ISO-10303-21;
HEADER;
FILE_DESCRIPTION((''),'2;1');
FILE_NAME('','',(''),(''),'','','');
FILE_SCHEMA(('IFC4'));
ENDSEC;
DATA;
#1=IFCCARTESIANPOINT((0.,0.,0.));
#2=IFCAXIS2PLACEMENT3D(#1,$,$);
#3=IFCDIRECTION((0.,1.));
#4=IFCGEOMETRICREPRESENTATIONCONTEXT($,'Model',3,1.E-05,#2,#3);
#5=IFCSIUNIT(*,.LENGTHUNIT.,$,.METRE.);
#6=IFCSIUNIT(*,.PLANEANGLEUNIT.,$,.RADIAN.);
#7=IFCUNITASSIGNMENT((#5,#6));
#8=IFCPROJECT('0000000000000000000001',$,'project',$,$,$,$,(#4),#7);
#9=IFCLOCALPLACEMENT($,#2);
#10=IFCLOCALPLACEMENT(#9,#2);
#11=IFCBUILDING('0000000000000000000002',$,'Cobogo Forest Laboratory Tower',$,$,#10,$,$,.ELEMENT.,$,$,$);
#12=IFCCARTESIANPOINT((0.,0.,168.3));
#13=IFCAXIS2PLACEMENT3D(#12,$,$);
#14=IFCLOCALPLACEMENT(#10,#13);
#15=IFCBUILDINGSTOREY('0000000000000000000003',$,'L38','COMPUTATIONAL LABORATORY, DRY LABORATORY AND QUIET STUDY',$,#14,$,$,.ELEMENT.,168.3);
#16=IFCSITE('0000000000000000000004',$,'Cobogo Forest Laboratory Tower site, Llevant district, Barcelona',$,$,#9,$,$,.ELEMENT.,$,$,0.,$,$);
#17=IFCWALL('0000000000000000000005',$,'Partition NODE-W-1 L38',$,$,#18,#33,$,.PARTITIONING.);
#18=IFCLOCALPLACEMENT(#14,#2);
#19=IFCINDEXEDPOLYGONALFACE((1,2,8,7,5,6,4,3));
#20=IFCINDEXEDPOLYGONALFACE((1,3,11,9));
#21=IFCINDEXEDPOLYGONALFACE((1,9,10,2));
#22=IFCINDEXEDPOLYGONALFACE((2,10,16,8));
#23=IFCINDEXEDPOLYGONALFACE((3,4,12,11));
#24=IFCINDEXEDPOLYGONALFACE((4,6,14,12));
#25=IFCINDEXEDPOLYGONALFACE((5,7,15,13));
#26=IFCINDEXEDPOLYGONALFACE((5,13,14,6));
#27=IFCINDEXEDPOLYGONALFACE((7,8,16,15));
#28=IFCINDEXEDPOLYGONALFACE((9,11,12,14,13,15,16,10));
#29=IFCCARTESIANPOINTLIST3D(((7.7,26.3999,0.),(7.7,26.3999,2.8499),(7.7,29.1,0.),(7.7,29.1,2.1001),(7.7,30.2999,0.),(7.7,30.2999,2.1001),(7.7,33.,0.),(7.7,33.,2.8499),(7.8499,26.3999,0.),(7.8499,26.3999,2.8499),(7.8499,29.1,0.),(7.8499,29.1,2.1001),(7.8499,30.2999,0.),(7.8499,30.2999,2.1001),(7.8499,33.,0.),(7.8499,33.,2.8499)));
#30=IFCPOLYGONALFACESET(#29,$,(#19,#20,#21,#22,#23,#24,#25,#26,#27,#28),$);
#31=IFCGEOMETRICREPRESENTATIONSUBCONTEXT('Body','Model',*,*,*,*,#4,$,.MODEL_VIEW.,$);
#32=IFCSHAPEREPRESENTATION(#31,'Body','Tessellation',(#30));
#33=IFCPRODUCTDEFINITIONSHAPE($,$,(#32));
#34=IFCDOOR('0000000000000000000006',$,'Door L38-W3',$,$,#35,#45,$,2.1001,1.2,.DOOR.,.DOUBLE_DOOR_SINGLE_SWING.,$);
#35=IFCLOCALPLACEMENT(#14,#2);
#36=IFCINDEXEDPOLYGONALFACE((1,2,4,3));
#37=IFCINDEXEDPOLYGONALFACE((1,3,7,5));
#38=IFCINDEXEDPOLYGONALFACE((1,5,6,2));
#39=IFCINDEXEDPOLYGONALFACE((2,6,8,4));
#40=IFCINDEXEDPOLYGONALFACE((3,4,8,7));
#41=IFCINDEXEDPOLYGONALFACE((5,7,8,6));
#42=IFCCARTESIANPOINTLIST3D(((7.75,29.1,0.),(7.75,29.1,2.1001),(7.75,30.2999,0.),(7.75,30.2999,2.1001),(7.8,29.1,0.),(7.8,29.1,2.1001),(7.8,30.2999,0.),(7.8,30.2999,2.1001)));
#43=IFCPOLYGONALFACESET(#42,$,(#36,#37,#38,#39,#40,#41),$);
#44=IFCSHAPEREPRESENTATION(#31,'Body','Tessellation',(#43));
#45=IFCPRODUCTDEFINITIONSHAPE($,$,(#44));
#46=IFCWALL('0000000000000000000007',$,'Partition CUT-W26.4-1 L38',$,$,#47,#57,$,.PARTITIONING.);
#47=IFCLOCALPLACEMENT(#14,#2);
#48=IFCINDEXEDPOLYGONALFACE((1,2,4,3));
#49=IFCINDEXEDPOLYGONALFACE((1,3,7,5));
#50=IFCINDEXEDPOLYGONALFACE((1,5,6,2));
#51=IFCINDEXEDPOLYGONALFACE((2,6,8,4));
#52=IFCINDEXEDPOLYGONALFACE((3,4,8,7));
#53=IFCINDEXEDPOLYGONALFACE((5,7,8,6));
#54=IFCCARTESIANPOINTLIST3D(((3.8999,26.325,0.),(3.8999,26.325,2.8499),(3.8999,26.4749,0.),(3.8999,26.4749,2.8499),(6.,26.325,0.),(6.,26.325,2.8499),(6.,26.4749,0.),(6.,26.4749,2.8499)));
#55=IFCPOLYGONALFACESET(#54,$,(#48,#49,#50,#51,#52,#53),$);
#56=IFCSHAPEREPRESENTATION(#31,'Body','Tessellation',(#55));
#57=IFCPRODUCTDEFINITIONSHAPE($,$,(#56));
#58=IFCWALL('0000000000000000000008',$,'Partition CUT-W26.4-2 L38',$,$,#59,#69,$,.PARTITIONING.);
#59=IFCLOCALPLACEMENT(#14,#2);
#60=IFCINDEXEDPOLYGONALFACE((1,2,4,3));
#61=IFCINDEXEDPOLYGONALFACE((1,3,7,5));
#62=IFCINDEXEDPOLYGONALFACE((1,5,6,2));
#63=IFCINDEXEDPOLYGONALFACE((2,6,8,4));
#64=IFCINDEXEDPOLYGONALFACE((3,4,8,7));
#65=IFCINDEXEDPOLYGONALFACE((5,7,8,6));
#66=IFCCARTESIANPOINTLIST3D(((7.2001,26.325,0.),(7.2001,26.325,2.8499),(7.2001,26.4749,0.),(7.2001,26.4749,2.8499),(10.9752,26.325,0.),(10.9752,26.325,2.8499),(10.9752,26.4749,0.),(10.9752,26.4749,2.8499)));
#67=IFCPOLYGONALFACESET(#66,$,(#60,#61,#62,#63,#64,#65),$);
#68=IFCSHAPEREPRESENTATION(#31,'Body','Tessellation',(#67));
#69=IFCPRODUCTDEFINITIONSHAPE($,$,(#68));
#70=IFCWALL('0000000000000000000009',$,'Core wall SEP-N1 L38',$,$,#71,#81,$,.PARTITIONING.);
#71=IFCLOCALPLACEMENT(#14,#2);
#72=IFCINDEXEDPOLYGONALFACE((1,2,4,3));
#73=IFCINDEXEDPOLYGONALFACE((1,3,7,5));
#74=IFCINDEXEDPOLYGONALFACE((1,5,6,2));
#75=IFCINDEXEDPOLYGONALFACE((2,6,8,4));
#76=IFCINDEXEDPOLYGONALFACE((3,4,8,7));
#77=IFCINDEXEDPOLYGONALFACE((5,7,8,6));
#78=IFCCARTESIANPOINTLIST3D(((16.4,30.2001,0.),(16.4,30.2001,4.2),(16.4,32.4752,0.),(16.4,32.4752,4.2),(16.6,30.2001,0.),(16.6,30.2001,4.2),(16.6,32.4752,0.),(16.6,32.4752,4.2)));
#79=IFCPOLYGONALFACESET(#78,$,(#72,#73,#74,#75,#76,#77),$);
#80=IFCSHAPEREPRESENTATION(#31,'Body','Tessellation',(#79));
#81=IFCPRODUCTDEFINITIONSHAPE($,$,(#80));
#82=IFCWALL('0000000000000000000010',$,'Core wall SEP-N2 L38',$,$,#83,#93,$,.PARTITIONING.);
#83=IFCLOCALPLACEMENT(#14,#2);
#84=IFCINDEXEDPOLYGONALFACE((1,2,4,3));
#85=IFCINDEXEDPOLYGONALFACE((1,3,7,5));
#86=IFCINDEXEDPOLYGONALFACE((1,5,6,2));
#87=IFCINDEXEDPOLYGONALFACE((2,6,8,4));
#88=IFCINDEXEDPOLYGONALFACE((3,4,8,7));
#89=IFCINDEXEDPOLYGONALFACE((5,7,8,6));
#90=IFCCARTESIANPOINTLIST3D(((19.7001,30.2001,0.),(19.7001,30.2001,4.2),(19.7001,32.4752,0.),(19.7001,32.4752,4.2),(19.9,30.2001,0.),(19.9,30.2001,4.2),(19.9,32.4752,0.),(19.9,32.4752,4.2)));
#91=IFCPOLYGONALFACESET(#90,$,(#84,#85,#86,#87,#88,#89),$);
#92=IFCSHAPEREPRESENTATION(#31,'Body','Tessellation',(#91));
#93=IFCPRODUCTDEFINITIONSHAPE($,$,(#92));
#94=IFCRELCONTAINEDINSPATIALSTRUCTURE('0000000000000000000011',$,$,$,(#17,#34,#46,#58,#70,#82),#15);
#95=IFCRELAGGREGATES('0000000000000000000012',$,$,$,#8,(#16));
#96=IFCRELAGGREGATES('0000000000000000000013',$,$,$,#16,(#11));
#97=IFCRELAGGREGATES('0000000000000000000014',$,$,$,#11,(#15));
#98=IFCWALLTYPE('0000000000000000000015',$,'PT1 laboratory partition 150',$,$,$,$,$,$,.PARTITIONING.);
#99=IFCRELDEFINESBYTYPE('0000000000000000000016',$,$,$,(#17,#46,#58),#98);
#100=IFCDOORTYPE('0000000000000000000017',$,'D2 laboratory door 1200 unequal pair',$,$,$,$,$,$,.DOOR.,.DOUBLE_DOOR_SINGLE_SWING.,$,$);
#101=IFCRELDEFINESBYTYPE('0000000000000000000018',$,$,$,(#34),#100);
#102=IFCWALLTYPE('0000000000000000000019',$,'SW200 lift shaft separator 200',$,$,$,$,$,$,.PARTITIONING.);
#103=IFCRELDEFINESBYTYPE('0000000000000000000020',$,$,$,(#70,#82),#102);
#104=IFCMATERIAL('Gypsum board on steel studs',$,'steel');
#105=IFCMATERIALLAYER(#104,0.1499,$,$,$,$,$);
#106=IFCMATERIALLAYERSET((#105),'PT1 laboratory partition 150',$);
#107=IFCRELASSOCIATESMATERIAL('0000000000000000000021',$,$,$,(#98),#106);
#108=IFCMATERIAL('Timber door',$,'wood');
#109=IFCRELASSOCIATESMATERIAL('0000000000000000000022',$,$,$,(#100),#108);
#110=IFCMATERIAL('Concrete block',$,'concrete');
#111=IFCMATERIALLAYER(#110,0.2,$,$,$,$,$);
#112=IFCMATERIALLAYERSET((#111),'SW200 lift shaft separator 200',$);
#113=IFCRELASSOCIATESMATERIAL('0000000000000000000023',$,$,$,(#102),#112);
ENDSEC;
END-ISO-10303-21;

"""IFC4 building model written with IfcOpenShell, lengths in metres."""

from ifc_helpers import new_model, si_unit, direction, frame, frame_2d, origin, place, context, subcontext, project, spatial, rectangle, extrude, material, layer, layer_set, type_object, element, fill, save


model = new_model("IFC4")

# Units and contexts
model_context = context("Model", 3, precision=1e-05, world=origin(), true_north=direction((0.0, 1.0)))
body_context = subcontext(model_context, "Body", "Model", "MODEL_VIEW")
ifc_project = project(units=[si_unit("LENGTHUNIT", "METRE"), si_unit("PLANEANGLEUNIT", "RADIAN")], contexts=[model_context])

# Site, building, storey
site_placement = place(None, origin())
site = spatial("IfcSite", under=ifc_project, at=site_placement, Name="Cobogo Forest Laboratory Tower site, Llevant district, Barcelona", CompositionType="ELEMENT", RefElevation=0.0)
building_placement = place(site_placement, origin())
building = spatial("IfcBuilding", under=site, at=building_placement, Name="Cobogo Forest Laboratory Tower", CompositionType="ELEMENT")
storey_placement = place(building_placement, frame((0.0, 0.0, 168.3)))
storey = spatial("IfcBuildingStorey", under=building, at=storey_placement, Name="L38", Description="COMPUTATIONAL LABORATORY, DRY LABORATORY AND QUIET STUDY", CompositionType="ELEMENT", Elevation=168.3)

# Wall, opening, door
ifc_material_1 = material(Name="Gypsum board on steel studs", Category="steel")
ifc_layer_1 = layer(ifc_material_1, 0.1499)
ifc_layer_set_1 = layer_set([ifc_layer_1], Name="PT1 laboratory partition 150")
wall_type_1 = type_object("IfcWallType", Name="PT1 laboratory partition 150", PredefinedType="PARTITIONING", material=ifc_layer_set_1)
wall_1_placement = place(storey_placement, frame((7.7749, 26.3999, 0.0), z_axis=(0.0, 0.0, 1.0), x_axis=(0.0, 1.0, 0.0)))
wall_1 = element("IfcWall", 1, at=wall_1_placement, inside=storey, type_object=wall_type_1, Name="Partition NODE-W-1 L38", PredefinedType="PARTITIONING", context=body_context, shape_type="SweptSolid", body=[
    extrude(rectangle(XDim=6.6001, YDim=0.1499, at=frame_2d((3.3, 0.0))), origin(), (0.0, 0.0, 1.0), 2.8499),
])
opening_1_placement = place(wall_1_placement, frame((2.7, 0.0, 0.0)))
opening_1 = element("IfcOpeningElement", 2, at=opening_1_placement, cuts=wall_1, PredefinedType="OPENING", context=body_context, shape_type="SweptSolid", body=[
    extrude(rectangle(XDim=1.2, YDim=2.1001, at=frame_2d((0.6001, 1.05))), frame((0.0, 0.085, 0.0), z_axis=(0.0, -1.0, 0.0), x_axis=(1.0, 0.0, 0.0)), (0.0, 0.0, 1.0), 0.1699),
])
ifc_material_2 = material(Name="Timber door", Category="wood")
door_type_1 = type_object("IfcDoorType", Name="D2 laboratory door 1200 unequal pair", OperationType="DOUBLE_DOOR_SINGLE_SWING", PredefinedType="DOOR", material=ifc_material_2)
door_1_placement = place(opening_1_placement, origin())
door_1 = element("IfcDoor", 3, at=door_1_placement, inside=storey, type_object=door_type_1, Name="Door L38-W3", OperationType="DOUBLE_DOOR_SINGLE_SWING", OverallHeight=2.1001, OverallWidth=1.2, PredefinedType="DOOR", context=body_context, shape_type="SweptSolid", body=[
    extrude(rectangle(XDim=1.2, YDim=2.1001, at=frame_2d((0.6001, 1.05))), frame((0.0, 0.0249, 0.0), z_axis=(0.0, -1.0, 0.0), x_axis=(1.0, 0.0, 0.0)), (0.0, 0.0, 1.0), 0.05),
])
fill(opening_1, door_1)

# Walls
wall_2_placement = place(storey_placement, frame((3.8999, 26.3999, 0.0), z_axis=(0.0, 0.0, 1.0), x_axis=(1.0, 0.0, 0.0)))
element("IfcWall", 4, at=wall_2_placement, inside=storey, type_object=wall_type_1, Name="Partition CUT-W26.4-1 L38", PredefinedType="PARTITIONING", context=body_context, shape_type="SweptSolid", body=[
    extrude(rectangle(XDim=2.1001, YDim=0.1499, at=frame_2d((1.05, 0.0))), origin(), (0.0, 0.0, 1.0), 2.8499),
])
wall_3_placement = place(storey_placement, frame((7.2, 26.3999, 0.0), z_axis=(0.0, 0.0, 1.0), x_axis=(1.0, 0.0, 0.0)))
element("IfcWall", 5, at=wall_3_placement, inside=storey, type_object=wall_type_1, Name="Partition CUT-W26.4-2 L38", PredefinedType="PARTITIONING", context=body_context, shape_type="SweptSolid", body=[
    extrude(rectangle(XDim=3.7751, YDim=0.1499, at=frame_2d((1.8877, 0.0))), origin(), (0.0, 0.0, 1.0), 2.8499),
])
ifc_material_3 = material(Name="Concrete block", Category="concrete")
ifc_layer_2 = layer(ifc_material_3, 0.2)
ifc_layer_set_2 = layer_set([ifc_layer_2], Name="SW200 lift shaft separator 200")
wall_type_2 = type_object("IfcWallType", Name="SW200 lift shaft separator 200", PredefinedType="PARTITIONING", material=ifc_layer_set_2)
for number, where, z_axis, x_axis, name in (
    (6, (16.5, 30.2, 0.0), (0.0, 0.0, 1.0), (0.0, 1.0, 0.0), "Core wall SEP-N1 L38"),
    (7, (19.8, 30.2, 0.0), (0.0, 0.0, 1.0), (0.0, 1.0, 0.0), "Core wall SEP-N2 L38"),
):
    element("IfcWall", number, at=place(storey_placement, frame(where, z_axis=z_axis, x_axis=x_axis)), inside=storey, type_object=wall_type_2, Name=name, PredefinedType="PARTITIONING", context=body_context, shape_type="SweptSolid", body=[
        extrude(rectangle(XDim=2.2751, YDim=0.2, at=frame_2d((1.1377, 0.0))), origin(), (0.0, 0.0, 1.0), 4.2),
    ])

save(model, "model.ifc")
